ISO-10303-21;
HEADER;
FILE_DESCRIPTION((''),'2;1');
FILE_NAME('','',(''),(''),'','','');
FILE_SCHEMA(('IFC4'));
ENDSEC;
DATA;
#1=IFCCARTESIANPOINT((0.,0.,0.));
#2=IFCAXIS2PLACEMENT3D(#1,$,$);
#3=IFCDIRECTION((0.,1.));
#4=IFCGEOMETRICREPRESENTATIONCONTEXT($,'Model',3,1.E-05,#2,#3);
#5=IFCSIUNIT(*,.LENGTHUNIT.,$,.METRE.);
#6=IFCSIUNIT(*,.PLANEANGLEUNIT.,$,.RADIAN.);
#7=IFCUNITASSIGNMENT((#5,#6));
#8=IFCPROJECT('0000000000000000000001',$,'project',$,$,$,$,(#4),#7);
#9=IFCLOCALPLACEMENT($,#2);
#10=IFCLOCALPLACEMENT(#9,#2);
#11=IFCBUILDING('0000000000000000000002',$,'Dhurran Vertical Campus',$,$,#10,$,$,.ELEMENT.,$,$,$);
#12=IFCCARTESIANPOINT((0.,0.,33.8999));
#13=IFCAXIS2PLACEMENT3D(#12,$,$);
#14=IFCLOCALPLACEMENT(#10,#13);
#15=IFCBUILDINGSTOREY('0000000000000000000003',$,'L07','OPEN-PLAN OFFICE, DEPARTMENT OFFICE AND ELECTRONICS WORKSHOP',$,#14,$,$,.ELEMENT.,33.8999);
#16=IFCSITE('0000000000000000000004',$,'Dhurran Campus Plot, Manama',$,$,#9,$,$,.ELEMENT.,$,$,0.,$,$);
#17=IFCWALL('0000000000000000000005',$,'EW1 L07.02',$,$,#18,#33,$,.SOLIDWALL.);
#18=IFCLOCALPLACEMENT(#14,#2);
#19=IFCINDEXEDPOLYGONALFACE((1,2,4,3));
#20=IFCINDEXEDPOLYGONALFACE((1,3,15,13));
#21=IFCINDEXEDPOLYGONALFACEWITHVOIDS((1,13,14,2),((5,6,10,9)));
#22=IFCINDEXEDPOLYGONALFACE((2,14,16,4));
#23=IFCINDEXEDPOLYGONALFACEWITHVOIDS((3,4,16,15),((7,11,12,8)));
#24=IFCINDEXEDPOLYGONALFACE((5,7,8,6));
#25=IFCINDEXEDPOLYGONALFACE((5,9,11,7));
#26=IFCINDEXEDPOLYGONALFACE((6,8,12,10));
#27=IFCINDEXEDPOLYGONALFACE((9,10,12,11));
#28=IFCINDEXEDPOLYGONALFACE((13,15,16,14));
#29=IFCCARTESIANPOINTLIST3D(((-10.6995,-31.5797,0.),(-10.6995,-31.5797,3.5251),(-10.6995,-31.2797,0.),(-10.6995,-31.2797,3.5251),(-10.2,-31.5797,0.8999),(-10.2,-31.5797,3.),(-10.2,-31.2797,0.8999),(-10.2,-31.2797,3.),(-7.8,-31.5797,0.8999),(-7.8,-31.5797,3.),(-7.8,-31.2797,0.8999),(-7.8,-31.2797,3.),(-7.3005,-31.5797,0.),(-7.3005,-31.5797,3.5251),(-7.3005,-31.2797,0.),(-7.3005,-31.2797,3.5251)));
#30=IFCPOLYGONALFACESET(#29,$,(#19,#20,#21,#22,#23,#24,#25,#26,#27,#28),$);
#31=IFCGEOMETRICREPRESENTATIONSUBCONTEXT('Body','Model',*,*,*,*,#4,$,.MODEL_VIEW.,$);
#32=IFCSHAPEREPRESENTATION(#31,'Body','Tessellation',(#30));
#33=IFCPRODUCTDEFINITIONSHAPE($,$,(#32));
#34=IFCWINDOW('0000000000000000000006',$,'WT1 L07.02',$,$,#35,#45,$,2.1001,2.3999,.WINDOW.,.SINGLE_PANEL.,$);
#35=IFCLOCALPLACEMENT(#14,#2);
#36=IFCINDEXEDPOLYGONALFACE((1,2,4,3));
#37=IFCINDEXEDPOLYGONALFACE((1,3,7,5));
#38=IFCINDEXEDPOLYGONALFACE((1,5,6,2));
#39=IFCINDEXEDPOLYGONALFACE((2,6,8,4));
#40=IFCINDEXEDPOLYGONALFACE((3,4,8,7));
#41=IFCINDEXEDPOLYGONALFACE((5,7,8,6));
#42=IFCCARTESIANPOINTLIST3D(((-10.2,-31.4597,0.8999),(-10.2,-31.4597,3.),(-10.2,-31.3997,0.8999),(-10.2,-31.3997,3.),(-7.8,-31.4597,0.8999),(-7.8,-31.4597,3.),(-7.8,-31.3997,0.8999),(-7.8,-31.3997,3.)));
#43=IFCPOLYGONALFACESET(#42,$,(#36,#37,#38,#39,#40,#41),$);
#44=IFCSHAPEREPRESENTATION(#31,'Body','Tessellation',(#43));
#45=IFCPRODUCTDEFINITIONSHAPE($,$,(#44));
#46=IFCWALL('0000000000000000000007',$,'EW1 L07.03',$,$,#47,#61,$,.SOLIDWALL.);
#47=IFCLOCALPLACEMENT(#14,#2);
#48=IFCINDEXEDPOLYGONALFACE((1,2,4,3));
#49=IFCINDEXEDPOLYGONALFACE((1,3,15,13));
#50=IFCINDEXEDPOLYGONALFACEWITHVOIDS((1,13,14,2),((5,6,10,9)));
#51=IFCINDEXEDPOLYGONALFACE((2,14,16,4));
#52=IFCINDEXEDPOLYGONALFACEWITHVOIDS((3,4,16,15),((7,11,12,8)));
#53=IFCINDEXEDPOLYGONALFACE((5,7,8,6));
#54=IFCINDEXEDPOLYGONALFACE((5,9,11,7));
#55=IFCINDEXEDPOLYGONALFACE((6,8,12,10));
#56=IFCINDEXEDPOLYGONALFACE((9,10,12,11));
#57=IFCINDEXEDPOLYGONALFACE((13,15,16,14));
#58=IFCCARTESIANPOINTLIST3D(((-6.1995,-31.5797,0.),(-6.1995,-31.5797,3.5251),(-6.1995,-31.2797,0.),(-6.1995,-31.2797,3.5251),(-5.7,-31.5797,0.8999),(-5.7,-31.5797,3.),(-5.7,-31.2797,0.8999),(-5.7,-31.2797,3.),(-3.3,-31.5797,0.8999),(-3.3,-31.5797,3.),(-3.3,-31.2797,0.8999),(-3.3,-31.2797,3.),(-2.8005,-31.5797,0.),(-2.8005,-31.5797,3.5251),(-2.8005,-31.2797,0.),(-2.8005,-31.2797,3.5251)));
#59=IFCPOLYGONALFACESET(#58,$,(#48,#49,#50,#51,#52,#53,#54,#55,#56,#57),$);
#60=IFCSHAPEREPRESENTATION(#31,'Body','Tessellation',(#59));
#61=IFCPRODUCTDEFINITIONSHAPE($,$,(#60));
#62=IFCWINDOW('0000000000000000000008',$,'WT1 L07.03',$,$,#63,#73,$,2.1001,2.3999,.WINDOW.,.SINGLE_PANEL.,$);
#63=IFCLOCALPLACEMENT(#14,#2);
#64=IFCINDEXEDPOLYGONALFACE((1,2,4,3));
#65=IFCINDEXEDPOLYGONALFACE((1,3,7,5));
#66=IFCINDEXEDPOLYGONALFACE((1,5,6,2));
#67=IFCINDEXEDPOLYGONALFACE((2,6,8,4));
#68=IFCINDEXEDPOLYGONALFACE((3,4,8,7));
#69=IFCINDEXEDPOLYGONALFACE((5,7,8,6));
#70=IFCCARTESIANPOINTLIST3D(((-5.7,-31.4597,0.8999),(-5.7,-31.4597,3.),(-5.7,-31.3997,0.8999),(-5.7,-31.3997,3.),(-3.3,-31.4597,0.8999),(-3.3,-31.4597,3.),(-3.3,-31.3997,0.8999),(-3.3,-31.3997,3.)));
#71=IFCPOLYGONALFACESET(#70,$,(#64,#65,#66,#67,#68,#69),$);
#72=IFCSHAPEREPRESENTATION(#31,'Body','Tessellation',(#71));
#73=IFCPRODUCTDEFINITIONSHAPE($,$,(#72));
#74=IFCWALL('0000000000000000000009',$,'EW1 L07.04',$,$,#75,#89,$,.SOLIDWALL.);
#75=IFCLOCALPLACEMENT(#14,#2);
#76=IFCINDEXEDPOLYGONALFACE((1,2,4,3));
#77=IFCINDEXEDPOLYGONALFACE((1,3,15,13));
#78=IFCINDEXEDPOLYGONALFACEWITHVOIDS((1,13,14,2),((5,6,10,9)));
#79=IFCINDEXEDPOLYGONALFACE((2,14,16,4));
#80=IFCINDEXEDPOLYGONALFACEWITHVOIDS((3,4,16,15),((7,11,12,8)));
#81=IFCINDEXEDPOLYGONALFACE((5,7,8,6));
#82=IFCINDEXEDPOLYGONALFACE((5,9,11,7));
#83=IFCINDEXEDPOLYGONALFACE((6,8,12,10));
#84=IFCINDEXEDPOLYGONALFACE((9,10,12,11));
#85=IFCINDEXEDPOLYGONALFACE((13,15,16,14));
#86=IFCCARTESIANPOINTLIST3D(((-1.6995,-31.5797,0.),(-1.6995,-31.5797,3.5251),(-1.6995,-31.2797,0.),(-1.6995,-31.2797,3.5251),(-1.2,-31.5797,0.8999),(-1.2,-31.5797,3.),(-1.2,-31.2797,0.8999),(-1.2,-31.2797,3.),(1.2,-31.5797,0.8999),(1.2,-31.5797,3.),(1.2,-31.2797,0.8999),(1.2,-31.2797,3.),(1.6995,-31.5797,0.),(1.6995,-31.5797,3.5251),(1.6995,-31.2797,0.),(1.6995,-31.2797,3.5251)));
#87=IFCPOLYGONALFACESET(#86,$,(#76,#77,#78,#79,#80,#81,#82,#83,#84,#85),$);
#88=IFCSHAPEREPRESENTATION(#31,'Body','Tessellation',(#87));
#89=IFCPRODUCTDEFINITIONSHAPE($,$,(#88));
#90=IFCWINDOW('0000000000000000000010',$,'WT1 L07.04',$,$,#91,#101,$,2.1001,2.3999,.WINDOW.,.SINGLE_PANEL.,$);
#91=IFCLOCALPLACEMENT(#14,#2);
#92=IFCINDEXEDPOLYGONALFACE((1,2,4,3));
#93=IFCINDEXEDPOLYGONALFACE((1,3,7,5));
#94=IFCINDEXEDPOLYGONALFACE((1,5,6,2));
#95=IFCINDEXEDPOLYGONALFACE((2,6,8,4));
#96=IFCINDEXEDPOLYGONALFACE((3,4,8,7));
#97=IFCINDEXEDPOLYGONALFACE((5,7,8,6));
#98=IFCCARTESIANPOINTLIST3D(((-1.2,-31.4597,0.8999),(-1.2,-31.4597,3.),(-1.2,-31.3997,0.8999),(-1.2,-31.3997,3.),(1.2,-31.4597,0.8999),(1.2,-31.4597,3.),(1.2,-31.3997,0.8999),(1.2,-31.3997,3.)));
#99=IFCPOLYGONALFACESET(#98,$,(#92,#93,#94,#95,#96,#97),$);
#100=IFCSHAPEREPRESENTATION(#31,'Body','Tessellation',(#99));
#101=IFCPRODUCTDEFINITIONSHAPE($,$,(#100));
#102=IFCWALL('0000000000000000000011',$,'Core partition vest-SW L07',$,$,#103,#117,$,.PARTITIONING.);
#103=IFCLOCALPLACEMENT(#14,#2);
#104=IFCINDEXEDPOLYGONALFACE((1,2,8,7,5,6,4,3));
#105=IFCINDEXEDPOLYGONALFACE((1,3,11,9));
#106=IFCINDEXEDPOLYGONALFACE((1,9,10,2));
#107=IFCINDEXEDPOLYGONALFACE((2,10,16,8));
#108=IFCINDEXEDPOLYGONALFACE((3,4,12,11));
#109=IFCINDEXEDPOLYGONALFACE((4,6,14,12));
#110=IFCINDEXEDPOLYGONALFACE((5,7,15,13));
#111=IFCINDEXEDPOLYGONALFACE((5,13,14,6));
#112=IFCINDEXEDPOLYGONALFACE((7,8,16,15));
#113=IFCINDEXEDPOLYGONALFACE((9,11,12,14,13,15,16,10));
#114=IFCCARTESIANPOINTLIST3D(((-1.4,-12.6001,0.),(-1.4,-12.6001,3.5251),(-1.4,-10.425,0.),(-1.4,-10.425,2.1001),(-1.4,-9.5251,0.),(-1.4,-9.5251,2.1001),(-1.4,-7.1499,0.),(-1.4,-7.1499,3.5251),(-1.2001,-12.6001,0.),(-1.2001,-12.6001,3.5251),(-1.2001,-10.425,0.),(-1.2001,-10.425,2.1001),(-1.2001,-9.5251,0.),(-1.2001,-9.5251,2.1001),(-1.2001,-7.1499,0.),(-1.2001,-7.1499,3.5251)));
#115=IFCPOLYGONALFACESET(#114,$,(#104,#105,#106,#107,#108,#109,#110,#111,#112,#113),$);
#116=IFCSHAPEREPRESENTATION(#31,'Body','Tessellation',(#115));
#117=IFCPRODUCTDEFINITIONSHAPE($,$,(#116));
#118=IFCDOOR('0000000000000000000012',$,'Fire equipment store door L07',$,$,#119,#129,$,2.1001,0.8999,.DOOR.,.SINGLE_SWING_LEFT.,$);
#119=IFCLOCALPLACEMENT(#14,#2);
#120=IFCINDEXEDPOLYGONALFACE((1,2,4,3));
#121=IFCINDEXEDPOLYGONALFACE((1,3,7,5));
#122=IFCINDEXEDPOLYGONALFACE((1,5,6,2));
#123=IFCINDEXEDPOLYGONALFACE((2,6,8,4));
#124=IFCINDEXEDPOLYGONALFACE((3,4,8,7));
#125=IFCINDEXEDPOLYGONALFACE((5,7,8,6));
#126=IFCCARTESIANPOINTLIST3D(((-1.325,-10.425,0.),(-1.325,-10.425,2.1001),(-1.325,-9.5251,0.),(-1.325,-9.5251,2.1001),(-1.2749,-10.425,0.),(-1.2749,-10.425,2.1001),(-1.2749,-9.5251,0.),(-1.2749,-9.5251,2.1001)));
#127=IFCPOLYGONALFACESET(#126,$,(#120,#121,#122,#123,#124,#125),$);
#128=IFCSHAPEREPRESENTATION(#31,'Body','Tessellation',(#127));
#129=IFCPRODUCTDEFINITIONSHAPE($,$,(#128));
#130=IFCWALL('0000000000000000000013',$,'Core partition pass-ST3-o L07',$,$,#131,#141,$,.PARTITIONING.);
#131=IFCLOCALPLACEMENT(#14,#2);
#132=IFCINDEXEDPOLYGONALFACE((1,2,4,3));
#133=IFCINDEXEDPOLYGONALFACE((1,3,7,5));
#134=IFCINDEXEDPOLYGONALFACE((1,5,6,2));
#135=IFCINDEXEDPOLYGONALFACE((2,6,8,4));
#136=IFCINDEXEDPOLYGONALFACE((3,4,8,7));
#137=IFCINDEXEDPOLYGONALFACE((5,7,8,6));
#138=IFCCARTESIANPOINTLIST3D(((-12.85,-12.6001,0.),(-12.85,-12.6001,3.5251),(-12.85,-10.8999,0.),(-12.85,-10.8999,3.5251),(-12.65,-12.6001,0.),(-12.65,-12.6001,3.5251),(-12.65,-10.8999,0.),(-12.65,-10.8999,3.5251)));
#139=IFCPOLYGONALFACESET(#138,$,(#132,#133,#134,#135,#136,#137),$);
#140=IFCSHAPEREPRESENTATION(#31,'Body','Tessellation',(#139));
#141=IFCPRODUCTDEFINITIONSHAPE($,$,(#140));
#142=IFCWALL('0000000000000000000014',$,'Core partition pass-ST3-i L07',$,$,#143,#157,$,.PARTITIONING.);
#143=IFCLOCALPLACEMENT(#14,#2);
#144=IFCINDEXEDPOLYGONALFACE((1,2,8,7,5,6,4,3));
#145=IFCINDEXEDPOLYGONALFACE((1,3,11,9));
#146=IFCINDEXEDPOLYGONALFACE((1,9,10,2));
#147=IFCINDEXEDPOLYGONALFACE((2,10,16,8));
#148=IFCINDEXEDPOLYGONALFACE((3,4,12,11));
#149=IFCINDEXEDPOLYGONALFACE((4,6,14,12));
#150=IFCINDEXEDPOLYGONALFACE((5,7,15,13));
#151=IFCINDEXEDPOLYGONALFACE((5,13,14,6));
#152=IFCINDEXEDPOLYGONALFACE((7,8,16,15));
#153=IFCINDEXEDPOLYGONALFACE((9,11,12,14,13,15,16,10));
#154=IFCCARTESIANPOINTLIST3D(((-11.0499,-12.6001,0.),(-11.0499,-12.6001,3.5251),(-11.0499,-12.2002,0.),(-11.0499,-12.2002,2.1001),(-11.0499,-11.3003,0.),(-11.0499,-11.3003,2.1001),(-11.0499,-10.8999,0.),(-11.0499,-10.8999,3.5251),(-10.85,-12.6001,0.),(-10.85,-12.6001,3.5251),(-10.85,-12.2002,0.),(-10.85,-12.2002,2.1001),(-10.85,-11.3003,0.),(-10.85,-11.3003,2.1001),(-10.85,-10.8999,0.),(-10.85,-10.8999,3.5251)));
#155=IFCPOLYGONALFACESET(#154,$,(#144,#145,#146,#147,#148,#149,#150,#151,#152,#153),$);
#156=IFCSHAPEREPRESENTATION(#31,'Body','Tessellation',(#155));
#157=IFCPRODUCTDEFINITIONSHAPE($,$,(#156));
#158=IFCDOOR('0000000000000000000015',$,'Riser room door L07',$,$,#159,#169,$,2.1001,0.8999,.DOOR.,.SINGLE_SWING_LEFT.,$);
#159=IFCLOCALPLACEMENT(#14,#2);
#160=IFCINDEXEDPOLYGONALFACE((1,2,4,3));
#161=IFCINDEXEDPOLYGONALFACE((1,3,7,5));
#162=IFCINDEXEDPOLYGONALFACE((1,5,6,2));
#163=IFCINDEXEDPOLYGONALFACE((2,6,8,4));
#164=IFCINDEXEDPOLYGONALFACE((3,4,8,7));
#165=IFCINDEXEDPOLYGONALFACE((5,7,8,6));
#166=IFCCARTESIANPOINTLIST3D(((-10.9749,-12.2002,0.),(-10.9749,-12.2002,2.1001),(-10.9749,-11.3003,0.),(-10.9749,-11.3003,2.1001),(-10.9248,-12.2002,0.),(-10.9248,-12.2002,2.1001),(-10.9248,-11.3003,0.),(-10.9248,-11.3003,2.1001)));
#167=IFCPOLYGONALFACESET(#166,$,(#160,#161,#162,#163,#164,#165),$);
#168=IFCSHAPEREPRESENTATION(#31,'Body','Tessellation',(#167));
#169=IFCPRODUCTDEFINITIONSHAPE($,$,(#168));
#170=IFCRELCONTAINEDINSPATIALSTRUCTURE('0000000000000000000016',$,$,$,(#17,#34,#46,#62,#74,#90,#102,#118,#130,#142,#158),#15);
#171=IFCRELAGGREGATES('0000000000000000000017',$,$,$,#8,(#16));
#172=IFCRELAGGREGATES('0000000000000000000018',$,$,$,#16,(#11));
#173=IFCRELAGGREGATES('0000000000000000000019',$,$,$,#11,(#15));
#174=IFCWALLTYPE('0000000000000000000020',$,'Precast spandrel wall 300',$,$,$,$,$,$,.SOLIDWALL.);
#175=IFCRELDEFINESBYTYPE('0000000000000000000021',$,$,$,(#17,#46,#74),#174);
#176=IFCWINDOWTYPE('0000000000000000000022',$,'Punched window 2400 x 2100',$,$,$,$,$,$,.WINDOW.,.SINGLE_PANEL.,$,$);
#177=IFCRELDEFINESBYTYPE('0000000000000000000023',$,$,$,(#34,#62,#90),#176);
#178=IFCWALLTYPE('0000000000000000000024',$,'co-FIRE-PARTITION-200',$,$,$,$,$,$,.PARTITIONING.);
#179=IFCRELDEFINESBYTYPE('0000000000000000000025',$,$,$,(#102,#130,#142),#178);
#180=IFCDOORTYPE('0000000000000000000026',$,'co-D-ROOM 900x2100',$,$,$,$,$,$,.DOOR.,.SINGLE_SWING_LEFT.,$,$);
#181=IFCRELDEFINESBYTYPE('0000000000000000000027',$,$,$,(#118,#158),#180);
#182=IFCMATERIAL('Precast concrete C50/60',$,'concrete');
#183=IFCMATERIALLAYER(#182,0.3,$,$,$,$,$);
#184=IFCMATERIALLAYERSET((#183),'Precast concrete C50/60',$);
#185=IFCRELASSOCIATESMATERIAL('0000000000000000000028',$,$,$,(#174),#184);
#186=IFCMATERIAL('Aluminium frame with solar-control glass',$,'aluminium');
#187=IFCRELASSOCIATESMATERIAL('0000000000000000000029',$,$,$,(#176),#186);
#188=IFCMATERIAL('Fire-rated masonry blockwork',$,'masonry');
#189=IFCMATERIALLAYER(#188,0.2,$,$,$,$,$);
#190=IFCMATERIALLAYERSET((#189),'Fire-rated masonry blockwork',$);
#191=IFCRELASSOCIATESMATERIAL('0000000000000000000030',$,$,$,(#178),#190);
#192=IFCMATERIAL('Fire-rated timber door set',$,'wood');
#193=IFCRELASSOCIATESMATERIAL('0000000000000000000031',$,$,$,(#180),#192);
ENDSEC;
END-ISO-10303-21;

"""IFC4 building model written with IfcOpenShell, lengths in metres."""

from ifc_helpers import new_model, si_unit, direction, frame, frame_2d, origin, place, context, subcontext, project, spatial, rectangle, extrude, material, layer, layer_set, type_object, element, fill, save


model = new_model("IFC4")

# Units and contexts
model_context = context("Model", 3, precision=1e-05, world=origin(), true_north=direction((0.0, 1.0)))
body_context = subcontext(model_context, "Body", "Model", "MODEL_VIEW")
ifc_project = project(units=[si_unit("LENGTHUNIT", "METRE"), si_unit("PLANEANGLEUNIT", "RADIAN")], contexts=[model_context])

# Site, building, storey
site_placement = place(None, origin())
site = spatial("IfcSite", under=ifc_project, at=site_placement, Name="Dhurran Campus Plot, Manama", CompositionType="ELEMENT", RefElevation=0.0)
building_placement = place(site_placement, origin())
building = spatial("IfcBuilding", under=site, at=building_placement, Name="Dhurran Vertical Campus", CompositionType="ELEMENT")
storey_placement = place(building_placement, frame((0.0, 0.0, 33.8999)))
storey = spatial("IfcBuildingStorey", under=building, at=storey_placement, Name="L07", Description="OPEN-PLAN OFFICE, DEPARTMENT OFFICE AND ELECTRONICS WORKSHOP", CompositionType="ELEMENT", Elevation=33.8999)

# Walls, openings, windows
ifc_material_1 = material(Name="Precast concrete C50/60", Category="concrete")
ifc_layer_1 = layer(ifc_material_1, 0.3)
ifc_layer_set_1 = layer_set([ifc_layer_1], Name="Precast concrete C50/60")
wall_type_1 = type_object("IfcWallType", Name="Precast spandrel wall 300", PredefinedType="SOLIDWALL", material=ifc_layer_set_1)
ifc_material_2 = material(Name="Aluminium frame with solar-control glass", Category="aluminium")
window_type = type_object("IfcWindowType", Name="Punched window 2400 x 2100", PartitioningType="SINGLE_PANEL", PredefinedType="WINDOW", material=ifc_material_2)
wall_1_placement = place(storey_placement, frame((-10.6995, -31.4297, 0.0), z_axis=(0.0, 0.0, 1.0), x_axis=(1.0, 0.0, 0.0)))
wall_1 = element("IfcWall", 1, at=wall_1_placement, inside=storey, type_object=wall_type_1, Name="EW1 L07.02", PredefinedType="SOLIDWALL", context=body_context, shape_type="SweptSolid", body=[
    extrude(rectangle(XDim=3.3989, YDim=0.3, at=frame_2d((1.6995, 0.0))), origin(), (0.0, 0.0, 1.0), 3.5251),
])
opening_1_placement = place(wall_1_placement, frame((0.4995, 0.0, 0.8999)))
opening_1 = element("IfcOpeningElement", 2, at=opening_1_placement, cuts=wall_1, PredefinedType="OPENING", context=body_context, shape_type="SweptSolid", body=[
    extrude(rectangle(XDim=2.3999, YDim=2.1001, at=frame_2d((1.2, 1.05))), frame((0.0, 0.1599, 0.0), z_axis=(0.0, -1.0, 0.0), x_axis=(1.0, 0.0, 0.0)), (0.0, 0.0, 1.0), 0.3201),
])
window_1_placement = place(opening_1_placement, origin())
window_1 = element("IfcWindow", 3, at=window_1_placement, inside=storey, type_object=window_type, Name="WT1 L07.02", OverallHeight=2.1001, OverallWidth=2.3999, PartitioningType="SINGLE_PANEL", PredefinedType="WINDOW", context=body_context, shape_type="SweptSolid", body=[
    extrude(rectangle(XDim=2.3999, YDim=2.1001, at=frame_2d((1.2, 1.05))), frame((0.0, 0.03, 0.0), z_axis=(0.0, -1.0, 0.0), x_axis=(1.0, 0.0, 0.0)), (0.0, 0.0, 1.0), 0.0601),
])
fill(opening_1, window_1)
wall_2_placement = place(storey_placement, frame((-6.1995, -31.4297, 0.0), z_axis=(0.0, 0.0, 1.0), x_axis=(1.0, 0.0, 0.0)))
wall_2 = element("IfcWall", 4, at=wall_2_placement, inside=storey, type_object=wall_type_1, Name="EW1 L07.03", PredefinedType="SOLIDWALL", context=body_context, shape_type="SweptSolid", body=[
    extrude(rectangle(XDim=3.3989, YDim=0.3, at=frame_2d((1.6995, 0.0))), origin(), (0.0, 0.0, 1.0), 3.5251),
])
opening_2_placement = place(wall_2_placement, frame((0.4995, 0.0, 0.8999)))
opening_2 = element("IfcOpeningElement", 5, at=opening_2_placement, cuts=wall_2, PredefinedType="OPENING", context=body_context, shape_type="SweptSolid", body=[
    extrude(rectangle(XDim=2.3999, YDim=2.1001, at=frame_2d((1.2, 1.05))), frame((0.0, 0.1599, 0.0), z_axis=(0.0, -1.0, 0.0), x_axis=(1.0, 0.0, 0.0)), (0.0, 0.0, 1.0), 0.3201),
])
window_2_placement = place(opening_2_placement, origin())
window_2 = element("IfcWindow", 6, at=window_2_placement, inside=storey, type_object=window_type, Name="WT1 L07.03", OverallHeight=2.1001, OverallWidth=2.3999, PartitioningType="SINGLE_PANEL", PredefinedType="WINDOW", context=body_context, shape_type="SweptSolid", body=[
    extrude(rectangle(XDim=2.3999, YDim=2.1001, at=frame_2d((1.2, 1.05))), frame((0.0, 0.03, 0.0), z_axis=(0.0, -1.0, 0.0), x_axis=(1.0, 0.0, 0.0)), (0.0, 0.0, 1.0), 0.0601),
])
fill(opening_2, window_2)
wall_3_placement = place(storey_placement, frame((-1.6995, -31.4297, 0.0), z_axis=(0.0, 0.0, 1.0), x_axis=(1.0, 0.0, 0.0)))
wall_3 = element("IfcWall", 7, at=wall_3_placement, inside=storey, type_object=wall_type_1, Name="EW1 L07.04", PredefinedType="SOLIDWALL", context=body_context, shape_type="SweptSolid", body=[
    extrude(rectangle(XDim=3.3989, YDim=0.3, at=frame_2d((1.6995, 0.0))), origin(), (0.0, 0.0, 1.0), 3.5251),
])
opening_3_placement = place(wall_3_placement, frame((0.4995, 0.0, 0.8999)))
opening_3 = element("IfcOpeningElement", 8, at=opening_3_placement, cuts=wall_3, PredefinedType="OPENING", context=body_context, shape_type="SweptSolid", body=[
    extrude(rectangle(XDim=2.3999, YDim=2.1001, at=frame_2d((1.2, 1.05))), frame((0.0, 0.1599, 0.0), z_axis=(0.0, -1.0, 0.0), x_axis=(1.0, 0.0, 0.0)), (0.0, 0.0, 1.0), 0.3201),
])
window_3_placement = place(opening_3_placement, origin())
window_3 = element("IfcWindow", 9, at=window_3_placement, inside=storey, type_object=window_type, Name="WT1 L07.04", OverallHeight=2.1001, OverallWidth=2.3999, PartitioningType="SINGLE_PANEL", PredefinedType="WINDOW", context=body_context, shape_type="SweptSolid", body=[
    extrude(rectangle(XDim=2.3999, YDim=2.1001, at=frame_2d((1.2, 1.05))), frame((0.0, 0.03, 0.0), z_axis=(0.0, -1.0, 0.0), x_axis=(1.0, 0.0, 0.0)), (0.0, 0.0, 1.0), 0.0601),
])
fill(opening_3, window_3)

# Wall, opening, door
ifc_material_3 = material(Name="Fire-rated masonry blockwork", Category="masonry")
ifc_layer_2 = layer(ifc_material_3, 0.2)
ifc_layer_set_2 = layer_set([ifc_layer_2], Name="Fire-rated masonry blockwork")
wall_type_2 = type_object("IfcWallType", Name="co-FIRE-PARTITION-200", PredefinedType="PARTITIONING", material=ifc_layer_set_2)
wall_4_placement = place(storey_placement, frame((-1.3, -12.6001, 0.0), z_axis=(0.0, 0.0, 1.0), x_axis=(0.0, 1.0, 0.0)))
wall_4 = element("IfcWall", 10, at=wall_4_placement, inside=storey, type_object=wall_type_2, Name="Core partition vest-SW L07", PredefinedType="PARTITIONING", context=body_context, shape_type="SweptSolid", body=[
    extrude(rectangle(XDim=5.4502, YDim=0.2, at=frame_2d((2.7251, 0.0))), origin(), (0.0, 0.0, 1.0), 3.5251),
])
opening_4_placement = place(wall_4_placement, frame((2.175, 0.0, 0.0)))
opening_4 = element("IfcOpeningElement", 11, at=opening_4_placement, cuts=wall_4, PredefinedType="OPENING", context=body_context, shape_type="SweptSolid", body=[
    extrude(rectangle(XDim=0.8999, YDim=2.1001, at=frame_2d((0.45, 1.05))), frame((0.0, 0.1099, 0.0), z_axis=(0.0, -1.0, 0.0), x_axis=(1.0, 0.0, 0.0)), (0.0, 0.0, 1.0), 0.22),
])
ifc_material_4 = material(Name="Fire-rated timber door set", Category="wood")
door_type_1 = type_object("IfcDoorType", Name="co-D-ROOM 900x2100", OperationType="SINGLE_SWING_LEFT", PredefinedType="DOOR", material=ifc_material_4)
door_1_placement = place(opening_4_placement, origin())
door_1 = element("IfcDoor", 12, at=door_1_placement, inside=storey, type_object=door_type_1, Name="Fire equipment store door L07", OperationType="SINGLE_SWING_LEFT", OverallHeight=2.1001, OverallWidth=0.8999, PredefinedType="DOOR", context=body_context, shape_type="SweptSolid", body=[
    extrude(rectangle(XDim=0.8999, YDim=2.1001, at=frame_2d((0.45, 1.05))), frame((0.0, 0.0249, 0.0), z_axis=(0.0, -1.0, 0.0), x_axis=(1.0, 0.0, 0.0)), (0.0, 0.0, 1.0), 0.05),
])
fill(opening_4, door_1)

# Wall
wall_5_placement = place(storey_placement, frame((-12.75, -12.6001, 0.0), z_axis=(0.0, 0.0, 1.0), x_axis=(0.0, 1.0, 0.0)))
element("IfcWall", 13, at=wall_5_placement, inside=storey, type_object=wall_type_2, Name="Core partition pass-ST3-o L07", PredefinedType="PARTITIONING", context=body_context, shape_type="SweptSolid", body=[
    extrude(rectangle(XDim=1.7002, YDim=0.2, at=frame_2d((0.8501, 0.0))), origin(), (0.0, 0.0, 1.0), 3.5251),
])

# Wall, opening, door
wall_6_placement = place(storey_placement, frame((-10.95, -12.6001, 0.0), z_axis=(0.0, 0.0, 1.0), x_axis=(0.0, 1.0, 0.0)))
wall_6 = element("IfcWall", 14, at=wall_6_placement, inside=storey, type_object=wall_type_2, Name="Core partition pass-ST3-i L07", PredefinedType="PARTITIONING", context=body_context, shape_type="SweptSolid", body=[
    extrude(rectangle(XDim=1.7002, YDim=0.2, at=frame_2d((0.8501, 0.0))), origin(), (0.0, 0.0, 1.0), 3.5251),
])
opening_5_placement = place(wall_6_placement, frame((0.3999, 0.0, 0.0)))
opening_5 = element("IfcOpeningElement", 15, at=opening_5_placement, cuts=wall_6, PredefinedType="OPENING", context=body_context, shape_type="SweptSolid", body=[
    extrude(rectangle(XDim=0.8999, YDim=2.1001, at=frame_2d((0.45, 1.05))), frame((0.0, 0.1099, 0.0), z_axis=(0.0, -1.0, 0.0), x_axis=(1.0, 0.0, 0.0)), (0.0, 0.0, 1.0), 0.22),
])
door_2_placement = place(opening_5_placement, origin())
door_2 = element("IfcDoor", 16, at=door_2_placement, inside=storey, type_object=door_type_1, Name="Riser room door L07", OperationType="SINGLE_SWING_LEFT", OverallHeight=2.1001, OverallWidth=0.8999, PredefinedType="DOOR", context=body_context, shape_type="SweptSolid", body=[
    extrude(rectangle(XDim=0.8999, YDim=2.1001, at=frame_2d((0.45, 1.05))), frame((0.0, 0.0249, 0.0), z_axis=(0.0, -1.0, 0.0), x_axis=(1.0, 0.0, 0.0)), (0.0, 0.0, 1.0), 0.05),
])
fill(opening_5, door_2)

save(model, "model.ifc")
